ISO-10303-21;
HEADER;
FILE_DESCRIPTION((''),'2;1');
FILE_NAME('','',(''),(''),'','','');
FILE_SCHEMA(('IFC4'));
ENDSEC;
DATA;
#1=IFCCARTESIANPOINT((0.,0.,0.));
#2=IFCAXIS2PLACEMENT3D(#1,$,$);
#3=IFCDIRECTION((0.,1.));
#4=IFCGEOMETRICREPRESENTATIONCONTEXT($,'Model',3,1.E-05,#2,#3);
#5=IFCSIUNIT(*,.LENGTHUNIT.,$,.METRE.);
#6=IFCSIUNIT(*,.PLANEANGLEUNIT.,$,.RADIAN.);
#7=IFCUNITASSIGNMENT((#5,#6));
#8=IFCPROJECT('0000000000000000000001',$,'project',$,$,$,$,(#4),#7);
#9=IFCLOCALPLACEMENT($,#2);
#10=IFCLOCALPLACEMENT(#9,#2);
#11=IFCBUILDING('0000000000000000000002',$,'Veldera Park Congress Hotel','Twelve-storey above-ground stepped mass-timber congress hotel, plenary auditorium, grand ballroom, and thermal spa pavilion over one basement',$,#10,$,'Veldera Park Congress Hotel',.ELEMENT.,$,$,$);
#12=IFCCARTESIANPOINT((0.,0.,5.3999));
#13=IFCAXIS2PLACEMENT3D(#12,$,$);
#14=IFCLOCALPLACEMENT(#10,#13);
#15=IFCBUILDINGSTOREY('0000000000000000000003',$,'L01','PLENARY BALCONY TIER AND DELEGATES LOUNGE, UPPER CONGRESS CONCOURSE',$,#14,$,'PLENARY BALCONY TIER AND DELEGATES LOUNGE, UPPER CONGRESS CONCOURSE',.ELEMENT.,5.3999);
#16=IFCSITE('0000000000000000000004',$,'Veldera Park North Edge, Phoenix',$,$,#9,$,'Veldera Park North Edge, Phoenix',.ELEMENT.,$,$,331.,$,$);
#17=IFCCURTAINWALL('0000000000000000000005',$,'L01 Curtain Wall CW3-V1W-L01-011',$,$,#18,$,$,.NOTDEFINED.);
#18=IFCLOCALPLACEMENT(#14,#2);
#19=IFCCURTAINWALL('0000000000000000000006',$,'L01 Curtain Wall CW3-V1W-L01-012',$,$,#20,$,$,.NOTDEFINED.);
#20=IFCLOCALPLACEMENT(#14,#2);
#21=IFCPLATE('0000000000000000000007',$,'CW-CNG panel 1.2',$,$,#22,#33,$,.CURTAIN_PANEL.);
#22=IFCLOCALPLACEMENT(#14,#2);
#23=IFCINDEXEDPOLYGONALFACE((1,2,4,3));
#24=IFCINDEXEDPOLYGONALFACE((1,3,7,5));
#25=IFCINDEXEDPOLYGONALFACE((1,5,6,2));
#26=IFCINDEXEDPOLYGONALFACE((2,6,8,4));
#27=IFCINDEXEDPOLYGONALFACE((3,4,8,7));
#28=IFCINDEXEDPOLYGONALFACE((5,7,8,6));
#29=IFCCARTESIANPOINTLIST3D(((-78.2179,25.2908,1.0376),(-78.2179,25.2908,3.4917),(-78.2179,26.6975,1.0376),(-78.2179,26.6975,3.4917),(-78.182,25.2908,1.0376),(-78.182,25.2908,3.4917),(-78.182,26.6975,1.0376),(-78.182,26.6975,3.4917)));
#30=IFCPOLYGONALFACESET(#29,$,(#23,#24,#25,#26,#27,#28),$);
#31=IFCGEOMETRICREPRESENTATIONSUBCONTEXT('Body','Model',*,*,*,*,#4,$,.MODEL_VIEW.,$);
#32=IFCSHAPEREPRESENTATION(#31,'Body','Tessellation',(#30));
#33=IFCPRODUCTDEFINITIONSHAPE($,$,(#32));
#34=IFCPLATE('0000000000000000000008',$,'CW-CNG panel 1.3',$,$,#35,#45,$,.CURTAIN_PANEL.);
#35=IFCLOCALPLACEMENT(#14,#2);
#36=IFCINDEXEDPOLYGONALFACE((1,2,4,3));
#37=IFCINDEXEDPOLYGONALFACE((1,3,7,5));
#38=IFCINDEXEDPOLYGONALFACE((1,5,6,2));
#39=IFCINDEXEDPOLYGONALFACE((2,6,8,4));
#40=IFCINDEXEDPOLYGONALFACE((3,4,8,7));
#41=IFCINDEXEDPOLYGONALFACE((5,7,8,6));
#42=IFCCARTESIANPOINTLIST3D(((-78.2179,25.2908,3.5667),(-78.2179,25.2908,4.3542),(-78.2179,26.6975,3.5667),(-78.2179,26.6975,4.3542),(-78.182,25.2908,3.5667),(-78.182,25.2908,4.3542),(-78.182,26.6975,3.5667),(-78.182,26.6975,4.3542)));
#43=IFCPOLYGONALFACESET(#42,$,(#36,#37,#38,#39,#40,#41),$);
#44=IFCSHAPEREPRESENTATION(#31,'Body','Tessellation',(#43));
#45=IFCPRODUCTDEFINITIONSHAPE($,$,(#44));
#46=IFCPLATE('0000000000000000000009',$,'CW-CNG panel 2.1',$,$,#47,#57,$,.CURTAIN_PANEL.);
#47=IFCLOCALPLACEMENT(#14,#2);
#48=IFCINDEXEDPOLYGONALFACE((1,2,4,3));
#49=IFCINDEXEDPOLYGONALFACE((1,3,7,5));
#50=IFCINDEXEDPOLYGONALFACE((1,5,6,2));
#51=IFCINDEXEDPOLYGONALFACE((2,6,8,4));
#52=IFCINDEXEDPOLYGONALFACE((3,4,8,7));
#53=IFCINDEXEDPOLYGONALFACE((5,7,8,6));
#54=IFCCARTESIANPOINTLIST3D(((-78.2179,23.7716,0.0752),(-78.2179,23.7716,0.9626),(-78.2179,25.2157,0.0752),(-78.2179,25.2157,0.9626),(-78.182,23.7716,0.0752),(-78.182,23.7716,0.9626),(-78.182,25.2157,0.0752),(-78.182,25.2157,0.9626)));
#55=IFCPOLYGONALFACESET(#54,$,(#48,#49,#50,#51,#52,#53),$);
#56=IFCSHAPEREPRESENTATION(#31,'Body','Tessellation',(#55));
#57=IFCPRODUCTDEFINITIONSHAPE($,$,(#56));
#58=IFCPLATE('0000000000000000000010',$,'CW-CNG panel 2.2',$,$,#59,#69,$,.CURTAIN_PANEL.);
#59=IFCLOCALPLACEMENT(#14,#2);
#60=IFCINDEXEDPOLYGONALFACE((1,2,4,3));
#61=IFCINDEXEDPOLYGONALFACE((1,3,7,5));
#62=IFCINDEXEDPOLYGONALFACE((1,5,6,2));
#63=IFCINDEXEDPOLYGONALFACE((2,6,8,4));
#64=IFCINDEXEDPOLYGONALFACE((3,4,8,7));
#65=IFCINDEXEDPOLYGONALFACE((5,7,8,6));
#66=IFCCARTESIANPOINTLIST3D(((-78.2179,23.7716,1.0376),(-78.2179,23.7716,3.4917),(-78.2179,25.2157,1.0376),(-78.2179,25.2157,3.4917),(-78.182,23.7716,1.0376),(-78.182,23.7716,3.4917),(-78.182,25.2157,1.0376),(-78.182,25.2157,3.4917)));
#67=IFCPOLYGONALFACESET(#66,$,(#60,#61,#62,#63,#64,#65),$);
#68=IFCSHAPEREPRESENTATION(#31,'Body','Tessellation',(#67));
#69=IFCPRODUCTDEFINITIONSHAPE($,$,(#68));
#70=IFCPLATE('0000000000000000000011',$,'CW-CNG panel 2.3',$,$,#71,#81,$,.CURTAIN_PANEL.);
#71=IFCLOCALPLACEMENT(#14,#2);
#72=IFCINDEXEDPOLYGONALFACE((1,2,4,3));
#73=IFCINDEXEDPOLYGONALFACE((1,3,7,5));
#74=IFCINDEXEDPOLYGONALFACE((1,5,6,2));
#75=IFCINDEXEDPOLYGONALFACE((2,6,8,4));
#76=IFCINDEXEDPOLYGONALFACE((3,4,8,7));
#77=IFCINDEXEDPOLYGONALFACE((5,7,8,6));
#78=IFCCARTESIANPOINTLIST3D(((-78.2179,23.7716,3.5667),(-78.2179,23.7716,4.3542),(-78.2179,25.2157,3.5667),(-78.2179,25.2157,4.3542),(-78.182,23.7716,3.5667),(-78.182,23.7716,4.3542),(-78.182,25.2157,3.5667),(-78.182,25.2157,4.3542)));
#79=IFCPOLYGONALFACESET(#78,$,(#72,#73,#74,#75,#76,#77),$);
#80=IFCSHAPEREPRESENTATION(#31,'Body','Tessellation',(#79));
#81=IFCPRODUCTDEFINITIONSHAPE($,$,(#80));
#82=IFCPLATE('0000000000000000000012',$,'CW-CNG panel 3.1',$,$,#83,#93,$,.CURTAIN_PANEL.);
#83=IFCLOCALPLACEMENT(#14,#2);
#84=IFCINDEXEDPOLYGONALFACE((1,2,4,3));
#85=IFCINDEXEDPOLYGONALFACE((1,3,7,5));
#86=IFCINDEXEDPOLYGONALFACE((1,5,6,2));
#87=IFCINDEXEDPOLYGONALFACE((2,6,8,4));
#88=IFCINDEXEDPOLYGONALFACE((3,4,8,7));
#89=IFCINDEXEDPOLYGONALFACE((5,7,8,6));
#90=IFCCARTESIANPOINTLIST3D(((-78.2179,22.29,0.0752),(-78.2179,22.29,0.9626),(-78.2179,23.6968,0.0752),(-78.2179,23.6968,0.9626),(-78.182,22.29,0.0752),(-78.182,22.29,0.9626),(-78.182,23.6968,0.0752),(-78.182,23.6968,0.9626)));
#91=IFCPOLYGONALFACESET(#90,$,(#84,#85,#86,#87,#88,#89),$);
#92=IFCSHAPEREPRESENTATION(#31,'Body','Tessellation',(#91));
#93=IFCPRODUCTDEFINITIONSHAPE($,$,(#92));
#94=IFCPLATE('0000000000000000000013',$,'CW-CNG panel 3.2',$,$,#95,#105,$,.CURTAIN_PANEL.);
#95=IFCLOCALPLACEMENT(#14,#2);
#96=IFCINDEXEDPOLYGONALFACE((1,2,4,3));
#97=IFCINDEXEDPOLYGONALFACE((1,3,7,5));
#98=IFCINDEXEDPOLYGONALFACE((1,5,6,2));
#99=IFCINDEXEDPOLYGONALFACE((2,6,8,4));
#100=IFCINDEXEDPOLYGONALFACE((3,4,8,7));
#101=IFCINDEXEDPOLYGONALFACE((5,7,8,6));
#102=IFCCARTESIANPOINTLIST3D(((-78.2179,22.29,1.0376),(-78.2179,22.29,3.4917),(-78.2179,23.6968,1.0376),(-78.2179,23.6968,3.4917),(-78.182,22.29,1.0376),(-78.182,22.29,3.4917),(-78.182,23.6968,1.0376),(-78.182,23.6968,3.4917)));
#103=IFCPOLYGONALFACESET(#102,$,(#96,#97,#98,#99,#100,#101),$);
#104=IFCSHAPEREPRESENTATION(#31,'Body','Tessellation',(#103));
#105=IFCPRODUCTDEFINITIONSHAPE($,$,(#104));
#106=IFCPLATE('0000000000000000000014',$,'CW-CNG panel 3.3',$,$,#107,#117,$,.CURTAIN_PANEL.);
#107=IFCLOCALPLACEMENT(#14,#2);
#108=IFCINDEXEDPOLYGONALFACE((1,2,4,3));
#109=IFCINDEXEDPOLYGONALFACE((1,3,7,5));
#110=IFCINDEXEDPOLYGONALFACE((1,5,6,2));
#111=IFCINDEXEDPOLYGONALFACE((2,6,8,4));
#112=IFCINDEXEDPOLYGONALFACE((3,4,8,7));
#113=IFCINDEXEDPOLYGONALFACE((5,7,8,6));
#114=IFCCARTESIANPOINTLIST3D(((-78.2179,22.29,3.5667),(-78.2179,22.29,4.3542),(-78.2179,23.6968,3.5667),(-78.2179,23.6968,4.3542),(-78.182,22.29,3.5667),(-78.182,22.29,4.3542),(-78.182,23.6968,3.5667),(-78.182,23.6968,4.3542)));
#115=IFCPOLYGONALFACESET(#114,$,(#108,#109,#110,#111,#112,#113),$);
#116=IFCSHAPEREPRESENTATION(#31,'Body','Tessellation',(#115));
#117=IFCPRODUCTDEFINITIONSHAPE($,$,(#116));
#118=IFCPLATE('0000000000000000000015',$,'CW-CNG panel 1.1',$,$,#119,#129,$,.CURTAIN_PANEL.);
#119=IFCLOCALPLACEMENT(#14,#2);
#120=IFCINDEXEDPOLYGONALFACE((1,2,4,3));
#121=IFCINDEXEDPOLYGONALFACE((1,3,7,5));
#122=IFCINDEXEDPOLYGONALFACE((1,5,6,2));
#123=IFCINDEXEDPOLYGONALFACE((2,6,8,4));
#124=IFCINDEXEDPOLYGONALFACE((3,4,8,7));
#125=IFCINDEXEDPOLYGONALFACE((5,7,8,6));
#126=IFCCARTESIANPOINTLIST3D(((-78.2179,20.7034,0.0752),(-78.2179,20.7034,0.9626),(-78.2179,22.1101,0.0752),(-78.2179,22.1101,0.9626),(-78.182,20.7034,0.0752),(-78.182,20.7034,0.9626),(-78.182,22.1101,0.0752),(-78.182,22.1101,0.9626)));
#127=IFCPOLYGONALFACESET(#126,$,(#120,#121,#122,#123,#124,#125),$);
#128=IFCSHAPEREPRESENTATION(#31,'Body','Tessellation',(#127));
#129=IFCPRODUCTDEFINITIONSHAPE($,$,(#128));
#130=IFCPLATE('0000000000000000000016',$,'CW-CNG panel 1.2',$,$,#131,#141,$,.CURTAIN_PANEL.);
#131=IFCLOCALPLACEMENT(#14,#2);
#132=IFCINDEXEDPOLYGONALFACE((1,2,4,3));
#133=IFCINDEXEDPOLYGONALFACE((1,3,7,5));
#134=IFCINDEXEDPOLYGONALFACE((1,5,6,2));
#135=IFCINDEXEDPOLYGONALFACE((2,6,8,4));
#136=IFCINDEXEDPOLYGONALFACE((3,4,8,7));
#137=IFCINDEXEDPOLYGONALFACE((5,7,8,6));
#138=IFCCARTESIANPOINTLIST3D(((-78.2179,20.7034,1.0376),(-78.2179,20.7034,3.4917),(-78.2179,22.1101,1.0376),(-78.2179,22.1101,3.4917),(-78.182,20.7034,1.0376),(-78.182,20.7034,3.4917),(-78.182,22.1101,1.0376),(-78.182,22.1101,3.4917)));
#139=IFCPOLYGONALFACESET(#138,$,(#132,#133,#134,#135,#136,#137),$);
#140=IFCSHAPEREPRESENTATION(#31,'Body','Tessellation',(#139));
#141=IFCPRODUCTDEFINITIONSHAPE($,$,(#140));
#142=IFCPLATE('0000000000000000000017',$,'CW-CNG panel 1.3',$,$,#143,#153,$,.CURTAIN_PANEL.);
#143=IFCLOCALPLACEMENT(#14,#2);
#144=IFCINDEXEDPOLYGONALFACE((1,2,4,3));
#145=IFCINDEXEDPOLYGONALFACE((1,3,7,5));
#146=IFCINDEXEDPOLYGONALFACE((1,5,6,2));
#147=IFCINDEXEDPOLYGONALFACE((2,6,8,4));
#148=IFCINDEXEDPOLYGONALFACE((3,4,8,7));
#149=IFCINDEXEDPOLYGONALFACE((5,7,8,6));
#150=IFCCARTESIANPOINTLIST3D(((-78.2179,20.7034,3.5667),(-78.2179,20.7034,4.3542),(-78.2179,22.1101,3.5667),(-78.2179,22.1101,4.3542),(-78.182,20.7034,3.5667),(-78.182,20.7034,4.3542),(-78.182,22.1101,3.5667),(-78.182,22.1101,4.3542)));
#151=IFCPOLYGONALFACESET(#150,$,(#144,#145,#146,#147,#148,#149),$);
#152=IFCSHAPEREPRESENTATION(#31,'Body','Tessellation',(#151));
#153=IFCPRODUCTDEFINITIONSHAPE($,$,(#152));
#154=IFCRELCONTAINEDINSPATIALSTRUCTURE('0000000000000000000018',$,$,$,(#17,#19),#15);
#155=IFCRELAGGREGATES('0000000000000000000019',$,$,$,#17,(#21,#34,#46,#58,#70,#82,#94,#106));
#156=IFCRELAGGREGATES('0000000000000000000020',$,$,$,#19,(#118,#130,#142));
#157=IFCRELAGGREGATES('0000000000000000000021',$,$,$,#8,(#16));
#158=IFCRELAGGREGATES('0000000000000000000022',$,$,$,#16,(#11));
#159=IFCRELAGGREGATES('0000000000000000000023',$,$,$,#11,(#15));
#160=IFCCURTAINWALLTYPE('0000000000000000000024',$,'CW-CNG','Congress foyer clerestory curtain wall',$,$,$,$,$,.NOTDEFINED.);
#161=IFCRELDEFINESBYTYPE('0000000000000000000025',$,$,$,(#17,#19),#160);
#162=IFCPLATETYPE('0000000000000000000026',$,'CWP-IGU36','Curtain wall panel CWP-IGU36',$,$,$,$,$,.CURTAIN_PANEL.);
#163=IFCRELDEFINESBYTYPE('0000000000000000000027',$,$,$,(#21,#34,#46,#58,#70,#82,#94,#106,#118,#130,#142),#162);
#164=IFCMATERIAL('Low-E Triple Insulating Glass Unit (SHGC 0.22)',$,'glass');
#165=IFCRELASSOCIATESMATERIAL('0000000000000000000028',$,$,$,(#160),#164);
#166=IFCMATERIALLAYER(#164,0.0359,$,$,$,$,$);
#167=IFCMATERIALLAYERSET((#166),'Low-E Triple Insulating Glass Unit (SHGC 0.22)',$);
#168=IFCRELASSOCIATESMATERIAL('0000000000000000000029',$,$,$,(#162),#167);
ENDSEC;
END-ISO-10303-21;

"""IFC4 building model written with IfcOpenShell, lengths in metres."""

from ifc_helpers import new_model, si_unit, direction, frame, origin, origin_2d, place, context, subcontext, project, spatial, rectangle, extrude, material, layer, layer_set, type_object, element, aggregate, save


model = new_model("IFC4")

# Units and contexts
model_context = context("Model", 3, precision=1e-05, world=origin(), true_north=direction((0.0, 1.0)))
body_context = subcontext(model_context, "Body", "Model", "MODEL_VIEW")
ifc_project = project(units=[si_unit("LENGTHUNIT", "METRE"), si_unit("PLANEANGLEUNIT", "RADIAN")], contexts=[model_context])

# Site, building, storey
site_placement = place(None, origin())
site = spatial("IfcSite", under=ifc_project, at=site_placement, Name="Veldera Park North Edge, Phoenix", LongName="Veldera Park North Edge, Phoenix", CompositionType="ELEMENT", RefElevation=331.0)
building_placement = place(site_placement, origin())
building = spatial("IfcBuilding", under=site, at=building_placement, Name="Veldera Park Congress Hotel", Description="Twelve-storey above-ground stepped mass-timber congress hotel, plenary auditorium, grand ballroom, and thermal spa pavilion over one basement", LongName="Veldera Park Congress Hotel", CompositionType="ELEMENT")
storey_placement = place(building_placement, frame((0.0, 0.0, 5.3999)))
storey = spatial("IfcBuildingStorey", under=building, at=storey_placement, Name="L01", Description="PLENARY BALCONY TIER AND DELEGATES LOUNGE, UPPER CONGRESS CONCOURSE", LongName="PLENARY BALCONY TIER AND DELEGATES LOUNGE, UPPER CONGRESS CONCOURSE", CompositionType="ELEMENT", Elevation=5.3999)

# Curtain wall
ifc_material_1 = material(Name="Low-E Triple Insulating Glass Unit (SHGC 0.22)", Category="glass")
curtain_wall_type = type_object("IfcCurtainWallType", Name="CW-CNG", Description="Congress foyer clerestory curtain wall", PredefinedType="NOTDEFINED", material=ifc_material_1)
curtain_wall_1_placement = place(storey_placement, origin())
curtain_wall_1 = element("IfcCurtainWall", 1, at=curtain_wall_1_placement, inside=storey, type_object=curtain_wall_type, Name="L01 Curtain Wall CW3-V1W-L01-011", PredefinedType="NOTDEFINED")

# Curtain wall
curtain_wall_2_placement = place(storey_placement, origin())
curtain_wall_2 = element("IfcCurtainWall", 2, at=curtain_wall_2_placement, inside=storey, type_object=curtain_wall_type, Name="L01 Curtain Wall CW3-V1W-L01-012", PredefinedType="NOTDEFINED")

# Plates
ifc_layer = layer(ifc_material_1, 0.0359)
ifc_layer_set = layer_set([ifc_layer], Name="Low-E Triple Insulating Glass Unit (SHGC 0.22)")
plate_type = type_object("IfcPlateType", Name="CWP-IGU36", Description="Curtain wall panel CWP-IGU36", PredefinedType="CURTAIN_PANEL", material=ifc_layer_set)
plate_1_placement = place(storey_placement, frame((-78.2, 25.9941, 1.0376), z_axis=(0.0, 0.0, 1.0), x_axis=(0.0, -1.0, 0.0)))
plate_1 = element("IfcPlate", 3, at=plate_1_placement, type_object=plate_type, Name="CW-CNG panel 1.2", PredefinedType="CURTAIN_PANEL", context=body_context, shape_type="SweptSolid", body=[
    extrude(rectangle(XDim=1.4067, YDim=0.0359, at=origin_2d()), origin(), (0.0, 0.0, 1.0), 2.4541),
])
plate_2_placement = place(storey_placement, frame((-78.2, 25.9941, 3.5667), z_axis=(0.0, 0.0, 1.0), x_axis=(0.0, -1.0, 0.0)))
plate_2 = element("IfcPlate", 4, at=plate_2_placement, type_object=plate_type, Name="CW-CNG panel 1.3", PredefinedType="CURTAIN_PANEL", context=body_context, shape_type="SweptSolid", body=[
    extrude(rectangle(XDim=1.4067, YDim=0.0359, at=origin_2d()), origin(), (0.0, 0.0, 1.0), 0.7876),
])
plate_3_placement = place(storey_placement, frame((-78.2, 24.4937, 0.0752), z_axis=(0.0, 0.0, 1.0), x_axis=(0.0, -1.0, 0.0)))
plate_3 = element("IfcPlate", 5, at=plate_3_placement, type_object=plate_type, Name="CW-CNG panel 2.1", PredefinedType="CURTAIN_PANEL", context=body_context, shape_type="SweptSolid", body=[
    extrude(rectangle(XDim=1.4441, YDim=0.0359, at=origin_2d()), origin(), (0.0, 0.0, 1.0), 0.8875),
])
plate_4_placement = place(storey_placement, frame((-78.2, 24.4937, 1.0376), z_axis=(0.0, 0.0, 1.0), x_axis=(0.0, -1.0, 0.0)))
plate_4 = element("IfcPlate", 6, at=plate_4_placement, type_object=plate_type, Name="CW-CNG panel 2.2", PredefinedType="CURTAIN_PANEL", context=body_context, shape_type="SweptSolid", body=[
    extrude(rectangle(XDim=1.4441, YDim=0.0359, at=origin_2d()), origin(), (0.0, 0.0, 1.0), 2.4541),
])
plate_5_placement = place(storey_placement, frame((-78.2, 24.4937, 3.5667), z_axis=(0.0, 0.0, 1.0), x_axis=(0.0, -1.0, 0.0)))
plate_5 = element("IfcPlate", 7, at=plate_5_placement, type_object=plate_type, Name="CW-CNG panel 2.3", PredefinedType="CURTAIN_PANEL", context=body_context, shape_type="SweptSolid", body=[
    extrude(rectangle(XDim=1.4441, YDim=0.0359, at=origin_2d()), origin(), (0.0, 0.0, 1.0), 0.7876),
])
plate_6_placement = place(storey_placement, frame((-78.2, 22.9934, 0.0752), z_axis=(0.0, 0.0, 1.0), x_axis=(0.0, -1.0, 0.0)))
plate_6 = element("IfcPlate", 8, at=plate_6_placement, type_object=plate_type, Name="CW-CNG panel 3.1", PredefinedType="CURTAIN_PANEL", context=body_context, shape_type="SweptSolid", body=[
    extrude(rectangle(XDim=1.4067, YDim=0.0359, at=origin_2d()), origin(), (0.0, 0.0, 1.0), 0.8875),
])
plate_7_placement = place(storey_placement, frame((-78.2, 22.9934, 1.0376), z_axis=(0.0, 0.0, 1.0), x_axis=(0.0, -1.0, 0.0)))
plate_7 = element("IfcPlate", 9, at=plate_7_placement, type_object=plate_type, Name="CW-CNG panel 3.2", PredefinedType="CURTAIN_PANEL", context=body_context, shape_type="SweptSolid", body=[
    extrude(rectangle(XDim=1.4067, YDim=0.0359, at=origin_2d()), origin(), (0.0, 0.0, 1.0), 2.4541),
])
plate_8_placement = place(storey_placement, frame((-78.2, 22.9934, 3.5667), z_axis=(0.0, 0.0, 1.0), x_axis=(0.0, -1.0, 0.0)))
plate_8 = element("IfcPlate", 10, at=plate_8_placement, type_object=plate_type, Name="CW-CNG panel 3.3", PredefinedType="CURTAIN_PANEL", context=body_context, shape_type="SweptSolid", body=[
    extrude(rectangle(XDim=1.4067, YDim=0.0359, at=origin_2d()), origin(), (0.0, 0.0, 1.0), 0.7876),
])
aggregate(curtain_wall_1, [plate_1, plate_2, plate_3, plate_4, plate_5, plate_6, plate_7, plate_8])
plate_9_placement = place(storey_placement, frame((-78.2, 21.4067, 0.0752), z_axis=(0.0, 0.0, 1.0), x_axis=(0.0, -1.0, 0.0)))
plate_9 = element("IfcPlate", 11, at=plate_9_placement, type_object=plate_type, Name="CW-CNG panel 1.1", PredefinedType="CURTAIN_PANEL", context=body_context, shape_type="SweptSolid", body=[
    extrude(rectangle(XDim=1.4067, YDim=0.0359, at=origin_2d()), origin(), (0.0, 0.0, 1.0), 0.8875),
])
plate_10_placement = place(storey_placement, frame((-78.2, 21.4067, 1.0376), z_axis=(0.0, 0.0, 1.0), x_axis=(0.0, -1.0, 0.0)))
plate_10 = element("IfcPlate", 12, at=plate_10_placement, type_object=plate_type, Name="CW-CNG panel 1.2", PredefinedType="CURTAIN_PANEL", context=body_context, shape_type="SweptSolid", body=[
    extrude(rectangle(XDim=1.4067, YDim=0.0359, at=origin_2d()), origin(), (0.0, 0.0, 1.0), 2.4541),
])
plate_11_placement = place(storey_placement, frame((-78.2, 21.4067, 3.5667), z_axis=(0.0, 0.0, 1.0), x_axis=(0.0, -1.0, 0.0)))
plate_11 = element("IfcPlate", 13, at=plate_11_placement, type_object=plate_type, Name="CW-CNG panel 1.3", PredefinedType="CURTAIN_PANEL", context=body_context, shape_type="SweptSolid", body=[
    extrude(rectangle(XDim=1.4067, YDim=0.0359, at=origin_2d()), origin(), (0.0, 0.0, 1.0), 0.7876),
])
aggregate(curtain_wall_2, [plate_9, plate_10, plate_11])

save(model, "model.ifc")
